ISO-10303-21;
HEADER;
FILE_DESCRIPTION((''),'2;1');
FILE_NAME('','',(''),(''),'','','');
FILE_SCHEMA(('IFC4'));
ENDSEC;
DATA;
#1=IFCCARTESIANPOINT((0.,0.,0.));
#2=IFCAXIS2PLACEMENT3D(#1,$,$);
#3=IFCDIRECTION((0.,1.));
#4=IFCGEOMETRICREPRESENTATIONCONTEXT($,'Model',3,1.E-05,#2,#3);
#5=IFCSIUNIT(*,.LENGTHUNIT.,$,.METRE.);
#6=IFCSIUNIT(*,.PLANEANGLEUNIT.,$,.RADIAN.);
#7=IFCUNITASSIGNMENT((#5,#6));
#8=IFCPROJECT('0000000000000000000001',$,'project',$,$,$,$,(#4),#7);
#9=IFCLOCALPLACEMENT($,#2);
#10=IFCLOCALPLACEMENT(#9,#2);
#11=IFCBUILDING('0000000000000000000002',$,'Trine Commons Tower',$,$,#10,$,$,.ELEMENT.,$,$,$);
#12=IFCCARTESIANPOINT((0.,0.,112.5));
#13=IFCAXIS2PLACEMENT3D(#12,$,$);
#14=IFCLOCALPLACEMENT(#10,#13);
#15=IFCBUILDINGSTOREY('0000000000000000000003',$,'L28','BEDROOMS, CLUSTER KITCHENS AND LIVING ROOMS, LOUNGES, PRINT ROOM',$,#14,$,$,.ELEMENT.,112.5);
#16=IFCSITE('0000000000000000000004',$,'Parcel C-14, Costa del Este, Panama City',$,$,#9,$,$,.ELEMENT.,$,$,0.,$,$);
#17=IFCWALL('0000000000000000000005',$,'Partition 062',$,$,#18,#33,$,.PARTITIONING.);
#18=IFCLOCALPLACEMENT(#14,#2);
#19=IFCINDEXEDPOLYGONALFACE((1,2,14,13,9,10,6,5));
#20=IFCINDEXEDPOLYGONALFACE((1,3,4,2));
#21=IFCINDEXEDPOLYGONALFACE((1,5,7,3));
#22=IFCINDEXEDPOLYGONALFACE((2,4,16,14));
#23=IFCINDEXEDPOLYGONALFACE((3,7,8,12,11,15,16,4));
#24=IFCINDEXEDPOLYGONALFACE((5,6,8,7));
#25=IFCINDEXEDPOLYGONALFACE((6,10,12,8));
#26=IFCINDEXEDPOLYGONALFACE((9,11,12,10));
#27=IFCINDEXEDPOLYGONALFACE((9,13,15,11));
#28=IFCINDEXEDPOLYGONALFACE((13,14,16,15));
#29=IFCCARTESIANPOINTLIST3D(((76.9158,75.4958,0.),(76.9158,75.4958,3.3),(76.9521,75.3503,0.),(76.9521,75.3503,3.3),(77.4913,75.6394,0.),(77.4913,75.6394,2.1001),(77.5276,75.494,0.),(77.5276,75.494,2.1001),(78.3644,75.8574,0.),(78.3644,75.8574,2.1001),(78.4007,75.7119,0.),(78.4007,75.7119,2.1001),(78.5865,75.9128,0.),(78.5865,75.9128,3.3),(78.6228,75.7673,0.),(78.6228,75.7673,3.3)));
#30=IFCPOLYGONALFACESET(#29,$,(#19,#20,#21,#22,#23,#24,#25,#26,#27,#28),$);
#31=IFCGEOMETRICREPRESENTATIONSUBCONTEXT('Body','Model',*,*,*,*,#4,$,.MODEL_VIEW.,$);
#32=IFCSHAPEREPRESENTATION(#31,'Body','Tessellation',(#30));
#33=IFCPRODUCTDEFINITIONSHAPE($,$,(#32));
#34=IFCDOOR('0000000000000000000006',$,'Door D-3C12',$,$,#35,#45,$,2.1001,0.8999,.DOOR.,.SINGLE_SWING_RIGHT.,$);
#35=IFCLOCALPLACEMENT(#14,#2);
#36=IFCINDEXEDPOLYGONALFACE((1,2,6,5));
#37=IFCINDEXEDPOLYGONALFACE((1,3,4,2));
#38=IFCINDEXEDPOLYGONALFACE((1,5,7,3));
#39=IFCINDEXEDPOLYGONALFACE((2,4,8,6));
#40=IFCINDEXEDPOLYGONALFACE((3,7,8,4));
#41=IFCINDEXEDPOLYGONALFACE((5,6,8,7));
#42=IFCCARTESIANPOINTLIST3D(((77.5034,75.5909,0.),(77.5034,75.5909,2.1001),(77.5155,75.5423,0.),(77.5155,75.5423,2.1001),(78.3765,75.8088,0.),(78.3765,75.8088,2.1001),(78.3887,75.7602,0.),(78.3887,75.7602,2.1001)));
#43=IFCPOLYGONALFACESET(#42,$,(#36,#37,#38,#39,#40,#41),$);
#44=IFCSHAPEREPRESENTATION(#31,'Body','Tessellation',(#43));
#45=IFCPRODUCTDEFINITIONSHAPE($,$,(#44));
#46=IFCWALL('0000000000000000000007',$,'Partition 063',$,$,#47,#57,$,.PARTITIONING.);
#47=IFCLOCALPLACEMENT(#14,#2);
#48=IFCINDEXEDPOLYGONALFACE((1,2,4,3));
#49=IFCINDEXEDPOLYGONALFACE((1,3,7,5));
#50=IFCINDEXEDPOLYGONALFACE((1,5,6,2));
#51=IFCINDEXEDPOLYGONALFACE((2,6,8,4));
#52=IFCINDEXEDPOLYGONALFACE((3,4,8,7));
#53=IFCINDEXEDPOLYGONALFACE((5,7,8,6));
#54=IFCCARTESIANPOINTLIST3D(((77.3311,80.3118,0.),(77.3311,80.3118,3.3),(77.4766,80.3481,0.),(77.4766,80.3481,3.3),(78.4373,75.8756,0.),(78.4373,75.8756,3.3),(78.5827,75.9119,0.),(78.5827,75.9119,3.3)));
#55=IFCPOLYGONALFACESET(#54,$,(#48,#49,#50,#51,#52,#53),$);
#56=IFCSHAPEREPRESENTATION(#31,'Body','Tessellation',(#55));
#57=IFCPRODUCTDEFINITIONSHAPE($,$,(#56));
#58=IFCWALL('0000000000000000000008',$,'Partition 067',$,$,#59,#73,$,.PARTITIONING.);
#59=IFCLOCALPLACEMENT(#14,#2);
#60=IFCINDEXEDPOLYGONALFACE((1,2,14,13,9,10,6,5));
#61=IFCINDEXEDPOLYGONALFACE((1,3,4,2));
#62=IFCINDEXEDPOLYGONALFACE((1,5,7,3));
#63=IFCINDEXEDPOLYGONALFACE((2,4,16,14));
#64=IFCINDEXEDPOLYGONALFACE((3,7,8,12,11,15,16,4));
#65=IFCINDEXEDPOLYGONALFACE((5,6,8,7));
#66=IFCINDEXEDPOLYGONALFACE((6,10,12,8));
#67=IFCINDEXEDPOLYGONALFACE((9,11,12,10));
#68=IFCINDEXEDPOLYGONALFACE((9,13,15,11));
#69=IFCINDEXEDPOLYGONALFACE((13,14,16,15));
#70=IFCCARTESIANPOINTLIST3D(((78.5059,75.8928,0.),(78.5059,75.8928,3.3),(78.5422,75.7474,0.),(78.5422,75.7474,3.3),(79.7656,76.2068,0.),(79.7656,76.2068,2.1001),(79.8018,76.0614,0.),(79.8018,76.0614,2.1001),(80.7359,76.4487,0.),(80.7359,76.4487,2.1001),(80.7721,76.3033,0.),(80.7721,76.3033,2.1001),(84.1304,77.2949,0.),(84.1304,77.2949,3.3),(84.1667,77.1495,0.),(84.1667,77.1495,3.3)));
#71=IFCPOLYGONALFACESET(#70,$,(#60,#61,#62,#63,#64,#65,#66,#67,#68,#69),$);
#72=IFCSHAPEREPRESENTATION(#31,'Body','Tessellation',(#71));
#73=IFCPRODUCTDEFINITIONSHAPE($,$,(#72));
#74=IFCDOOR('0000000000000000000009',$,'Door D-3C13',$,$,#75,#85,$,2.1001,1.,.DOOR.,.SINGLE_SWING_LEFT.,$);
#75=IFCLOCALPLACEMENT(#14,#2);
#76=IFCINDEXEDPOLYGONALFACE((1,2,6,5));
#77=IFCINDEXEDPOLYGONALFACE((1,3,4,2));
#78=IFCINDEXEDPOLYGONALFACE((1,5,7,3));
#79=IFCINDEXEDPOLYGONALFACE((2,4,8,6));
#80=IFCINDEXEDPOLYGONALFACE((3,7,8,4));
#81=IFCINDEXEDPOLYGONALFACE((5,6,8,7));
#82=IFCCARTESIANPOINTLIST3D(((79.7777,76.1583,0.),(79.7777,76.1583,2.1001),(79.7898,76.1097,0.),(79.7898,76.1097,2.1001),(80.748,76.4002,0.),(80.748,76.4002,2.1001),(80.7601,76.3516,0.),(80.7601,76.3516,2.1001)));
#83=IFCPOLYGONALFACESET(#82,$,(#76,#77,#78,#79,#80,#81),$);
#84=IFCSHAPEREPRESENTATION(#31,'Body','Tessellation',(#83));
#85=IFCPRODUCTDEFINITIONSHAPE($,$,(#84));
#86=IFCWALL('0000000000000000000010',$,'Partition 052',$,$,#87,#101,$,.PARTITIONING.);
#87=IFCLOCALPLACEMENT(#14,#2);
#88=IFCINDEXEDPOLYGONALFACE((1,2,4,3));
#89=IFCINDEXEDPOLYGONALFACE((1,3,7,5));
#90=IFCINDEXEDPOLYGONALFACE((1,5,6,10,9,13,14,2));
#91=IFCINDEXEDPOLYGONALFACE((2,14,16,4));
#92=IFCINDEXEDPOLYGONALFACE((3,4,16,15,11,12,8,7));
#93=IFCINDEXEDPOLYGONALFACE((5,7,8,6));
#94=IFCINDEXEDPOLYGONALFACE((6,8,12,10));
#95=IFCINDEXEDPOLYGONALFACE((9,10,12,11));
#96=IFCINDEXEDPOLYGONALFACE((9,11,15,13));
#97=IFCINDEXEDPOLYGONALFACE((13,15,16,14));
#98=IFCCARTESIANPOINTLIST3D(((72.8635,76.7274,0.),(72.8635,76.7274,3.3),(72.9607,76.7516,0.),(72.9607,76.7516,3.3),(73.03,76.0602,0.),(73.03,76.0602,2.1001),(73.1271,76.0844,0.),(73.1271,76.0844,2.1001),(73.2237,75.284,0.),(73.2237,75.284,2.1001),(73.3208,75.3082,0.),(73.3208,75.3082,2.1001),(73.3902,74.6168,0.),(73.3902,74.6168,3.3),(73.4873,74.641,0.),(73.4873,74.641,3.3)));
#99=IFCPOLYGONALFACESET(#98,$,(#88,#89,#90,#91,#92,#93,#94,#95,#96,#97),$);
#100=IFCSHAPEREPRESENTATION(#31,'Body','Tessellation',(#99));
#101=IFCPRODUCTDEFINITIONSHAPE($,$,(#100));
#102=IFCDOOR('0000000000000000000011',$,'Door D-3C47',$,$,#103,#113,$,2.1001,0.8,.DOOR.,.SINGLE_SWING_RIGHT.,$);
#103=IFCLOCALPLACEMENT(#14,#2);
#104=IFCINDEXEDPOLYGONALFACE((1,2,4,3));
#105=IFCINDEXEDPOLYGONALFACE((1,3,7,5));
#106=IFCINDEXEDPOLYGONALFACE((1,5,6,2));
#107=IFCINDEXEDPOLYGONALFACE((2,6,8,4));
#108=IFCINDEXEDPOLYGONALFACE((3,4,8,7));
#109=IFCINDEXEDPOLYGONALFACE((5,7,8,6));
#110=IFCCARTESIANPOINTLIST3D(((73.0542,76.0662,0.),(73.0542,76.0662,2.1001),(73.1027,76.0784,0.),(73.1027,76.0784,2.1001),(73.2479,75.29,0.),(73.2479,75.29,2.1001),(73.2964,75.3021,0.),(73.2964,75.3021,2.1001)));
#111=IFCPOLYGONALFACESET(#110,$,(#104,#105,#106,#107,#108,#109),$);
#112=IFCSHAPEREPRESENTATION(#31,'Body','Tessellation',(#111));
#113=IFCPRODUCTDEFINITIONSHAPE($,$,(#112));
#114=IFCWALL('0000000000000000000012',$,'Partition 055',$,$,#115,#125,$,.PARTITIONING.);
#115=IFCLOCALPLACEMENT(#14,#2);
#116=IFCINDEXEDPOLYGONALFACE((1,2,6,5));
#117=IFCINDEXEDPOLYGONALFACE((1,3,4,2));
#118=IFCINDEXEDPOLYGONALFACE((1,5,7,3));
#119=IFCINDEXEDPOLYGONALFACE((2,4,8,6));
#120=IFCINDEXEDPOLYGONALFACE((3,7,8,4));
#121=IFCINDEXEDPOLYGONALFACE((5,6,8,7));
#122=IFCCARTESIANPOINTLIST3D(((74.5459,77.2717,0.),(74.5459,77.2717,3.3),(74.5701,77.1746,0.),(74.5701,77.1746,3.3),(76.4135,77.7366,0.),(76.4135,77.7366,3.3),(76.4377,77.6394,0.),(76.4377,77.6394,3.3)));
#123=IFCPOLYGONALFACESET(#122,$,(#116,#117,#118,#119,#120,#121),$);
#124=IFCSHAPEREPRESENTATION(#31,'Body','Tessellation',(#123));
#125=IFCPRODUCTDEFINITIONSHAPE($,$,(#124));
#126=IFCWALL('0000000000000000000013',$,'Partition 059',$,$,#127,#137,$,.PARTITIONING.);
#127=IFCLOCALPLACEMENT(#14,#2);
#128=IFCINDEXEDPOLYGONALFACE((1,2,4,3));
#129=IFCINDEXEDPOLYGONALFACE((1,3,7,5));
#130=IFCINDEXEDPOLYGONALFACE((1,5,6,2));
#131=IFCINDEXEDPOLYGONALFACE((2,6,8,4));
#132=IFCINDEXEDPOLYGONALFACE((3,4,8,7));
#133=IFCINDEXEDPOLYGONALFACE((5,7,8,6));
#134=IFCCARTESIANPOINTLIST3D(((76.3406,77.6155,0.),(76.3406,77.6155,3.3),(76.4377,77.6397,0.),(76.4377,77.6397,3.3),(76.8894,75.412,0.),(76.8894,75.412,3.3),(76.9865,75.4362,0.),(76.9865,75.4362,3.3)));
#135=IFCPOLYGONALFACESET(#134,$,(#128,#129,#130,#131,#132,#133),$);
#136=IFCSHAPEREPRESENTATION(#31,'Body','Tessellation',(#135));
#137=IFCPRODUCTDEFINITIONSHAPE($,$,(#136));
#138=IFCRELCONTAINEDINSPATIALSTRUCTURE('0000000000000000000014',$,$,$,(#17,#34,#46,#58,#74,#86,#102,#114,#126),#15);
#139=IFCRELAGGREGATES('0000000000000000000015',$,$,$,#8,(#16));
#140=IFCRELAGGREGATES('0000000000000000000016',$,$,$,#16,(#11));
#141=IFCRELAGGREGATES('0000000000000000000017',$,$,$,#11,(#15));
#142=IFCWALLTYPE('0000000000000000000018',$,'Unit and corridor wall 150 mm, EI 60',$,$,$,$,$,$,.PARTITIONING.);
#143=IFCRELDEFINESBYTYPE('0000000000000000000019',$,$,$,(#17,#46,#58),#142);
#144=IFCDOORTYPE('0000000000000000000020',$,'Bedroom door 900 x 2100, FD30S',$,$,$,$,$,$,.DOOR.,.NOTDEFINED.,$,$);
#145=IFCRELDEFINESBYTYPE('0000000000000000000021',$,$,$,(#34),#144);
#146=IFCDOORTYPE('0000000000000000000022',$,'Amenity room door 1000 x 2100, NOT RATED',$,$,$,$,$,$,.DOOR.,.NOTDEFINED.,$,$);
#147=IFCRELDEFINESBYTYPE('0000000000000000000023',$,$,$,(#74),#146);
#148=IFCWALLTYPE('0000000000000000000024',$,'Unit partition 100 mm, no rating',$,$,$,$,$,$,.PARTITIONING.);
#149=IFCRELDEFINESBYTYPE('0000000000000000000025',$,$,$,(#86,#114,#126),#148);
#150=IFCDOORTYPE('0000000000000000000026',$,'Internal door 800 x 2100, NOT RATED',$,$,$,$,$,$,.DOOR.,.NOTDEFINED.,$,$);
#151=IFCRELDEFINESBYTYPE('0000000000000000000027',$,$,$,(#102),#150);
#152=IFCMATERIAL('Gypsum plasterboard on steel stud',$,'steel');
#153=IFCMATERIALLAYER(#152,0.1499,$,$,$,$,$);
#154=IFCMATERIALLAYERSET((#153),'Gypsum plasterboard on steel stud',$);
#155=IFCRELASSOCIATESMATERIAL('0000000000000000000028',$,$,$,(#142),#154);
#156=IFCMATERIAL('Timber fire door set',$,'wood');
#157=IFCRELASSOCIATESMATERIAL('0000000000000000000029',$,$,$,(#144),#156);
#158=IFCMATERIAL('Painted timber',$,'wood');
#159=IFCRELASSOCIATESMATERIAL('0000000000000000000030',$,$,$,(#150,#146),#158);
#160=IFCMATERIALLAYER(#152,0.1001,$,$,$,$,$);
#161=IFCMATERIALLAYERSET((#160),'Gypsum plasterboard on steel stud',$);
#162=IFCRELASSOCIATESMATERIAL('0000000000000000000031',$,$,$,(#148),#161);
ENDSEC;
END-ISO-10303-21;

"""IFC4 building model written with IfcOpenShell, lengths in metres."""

from ifc_helpers import new_model, si_unit, direction, frame, frame_2d, origin, place, context, subcontext, project, spatial, rectangle, extrude, material, layer, layer_set, type_object, element, fill, save


model = new_model("IFC4")

# Units and contexts
model_context = context("Model", 3, precision=1e-05, world=origin(), true_north=direction((0.0, 1.0)))
body_context = subcontext(model_context, "Body", "Model", "MODEL_VIEW")
ifc_project = project(units=[si_unit("LENGTHUNIT", "METRE"), si_unit("PLANEANGLEUNIT", "RADIAN")], contexts=[model_context])

# Site, building, storey
site_placement = place(None, origin())
site = spatial("IfcSite", under=ifc_project, at=site_placement, Name="Parcel C-14, Costa del Este, Panama City", CompositionType="ELEMENT", RefElevation=0.0)
building_placement = place(site_placement, origin())
building = spatial("IfcBuilding", under=site, at=building_placement, Name="Trine Commons Tower", CompositionType="ELEMENT")
storey_placement = place(building_placement, frame((0.0, 0.0, 112.5)))
storey = spatial("IfcBuildingStorey", under=building, at=storey_placement, Name="L28", Description="BEDROOMS, CLUSTER KITCHENS AND LIVING ROOMS, LOUNGES, PRINT ROOM", CompositionType="ELEMENT", Elevation=112.5)

# Wall, opening, door
ifc_material_1 = material(Name="Gypsum plasterboard on steel stud", Category="steel")
ifc_layer_1 = layer(ifc_material_1, 0.1499)
ifc_layer_set_1 = layer_set([ifc_layer_1], Name="Gypsum plasterboard on steel stud")
wall_type_1 = type_object("IfcWallType", Name="Unit and corridor wall 150 mm, EI 60", PredefinedType="PARTITIONING", material=ifc_layer_set_1)
ifc_material_2 = material(Name="Timber fire door set", Category="wood")
door_type_1 = type_object("IfcDoorType", Name="Bedroom door 900 x 2100, FD30S", OperationType="NOTDEFINED", PredefinedType="DOOR", material=ifc_material_2)
ifc_material_3 = material(Name="Painted timber", Category="wood")
door_type_2 = type_object("IfcDoorType", Name="Internal door 800 x 2100, NOT RATED", OperationType="NOTDEFINED", PredefinedType="DOOR", material=ifc_material_3)
wall_1_placement = place(storey_placement, frame((76.9341, 75.4231, 0.0), z_axis=(0.0, 0.0, 1.0), x_axis=(0.970234, 0.242169, 0.0)))
wall_1 = element("IfcWall", 1, at=wall_1_placement, inside=storey, type_object=wall_type_1, Name="Partition 062", PredefinedType="PARTITIONING", context=body_context, shape_type="SweptSolid", body=[
    extrude(rectangle(XDim=1.7219, YDim=0.1499, at=frame_2d((0.8608, 0.0))), origin(), (0.0, 0.0, 1.0), 3.3),
])
opening_1_placement = place(wall_1_placement, frame((0.593, 0.0, 0.0)))
opening_1 = element("IfcOpeningElement", 2, at=opening_1_placement, cuts=wall_1, PredefinedType="OPENING", context=body_context, shape_type="SweptSolid", body=[
    extrude(rectangle(XDim=0.8999, YDim=2.1001, at=frame_2d((0.45, 1.05))), frame((0.0, 0.085, 0.0), z_axis=(0.0, -1.0, 0.0), x_axis=(1.0, 0.0, 0.0)), (0.0, 0.0, 1.0), 0.1699),
])
door_1_placement = place(opening_1_placement, origin())
door_1 = element("IfcDoor", 3, at=door_1_placement, inside=storey, type_object=door_type_1, Name="Door D-3C12", OperationType="SINGLE_SWING_RIGHT", OverallHeight=2.1001, OverallWidth=0.8999, PredefinedType="DOOR", context=body_context, shape_type="SweptSolid", body=[
    extrude(rectangle(XDim=0.8999, YDim=2.1001, at=frame_2d((0.45, 1.05))), frame((0.0, 0.0249, 0.0), z_axis=(0.0, -1.0, 0.0), x_axis=(1.0, 0.0, 0.0)), (0.0, 0.0, 1.0), 0.05),
])
fill(opening_1, door_1)

# Wall
wall_2_placement = place(storey_placement, frame((77.4038, 80.3301, 0.0), z_axis=(0.0, 0.0, 1.0), x_axis=(0.241945, -0.97029, 0.0)))
element("IfcWall", 4, at=wall_2_placement, inside=storey, type_object=wall_type_1, Name="Partition 063", PredefinedType="PARTITIONING", context=body_context, shape_type="SweptSolid", body=[
    extrude(rectangle(XDim=4.572, YDim=0.1499, at=frame_2d((2.2861, 0.0))), origin(), (0.0, 0.0, 1.0), 3.3),
])

# Walls, openings, doors
wall_3_placement = place(storey_placement, frame((78.5239, 75.8201, 0.0), z_axis=(0.0, 0.0, 1.0), x_axis=(0.970306, 0.241882, 0.0)))
wall_3 = element("IfcWall", 5, at=wall_3_placement, inside=storey, type_object=wall_type_1, Name="Partition 067", PredefinedType="PARTITIONING", context=body_context, shape_type="SweptSolid", body=[
    extrude(rectangle(XDim=5.7966, YDim=0.1499, at=frame_2d((2.8984, 0.0))), origin(), (0.0, 0.0, 1.0), 3.3),
])
opening_2_placement = place(wall_3_placement, frame((1.2983, 0.0, 0.0)))
opening_2 = element("IfcOpeningElement", 6, at=opening_2_placement, cuts=wall_3, PredefinedType="OPENING", context=body_context, shape_type="SweptSolid", body=[
    extrude(rectangle(XDim=1.0, YDim=2.1001, at=frame_2d((0.5, 1.05))), frame((0.0, 0.085, 0.0), z_axis=(0.0, -1.0, 0.0), x_axis=(1.0, 0.0, 0.0)), (0.0, 0.0, 1.0), 0.1699),
])
door_type_3 = type_object("IfcDoorType", Name="Amenity room door 1000 x 2100, NOT RATED", OperationType="NOTDEFINED", PredefinedType="DOOR", material=ifc_material_3)
door_2_placement = place(opening_2_placement, origin())
door_2 = element("IfcDoor", 7, at=door_2_placement, inside=storey, type_object=door_type_3, Name="Door D-3C13", OperationType="SINGLE_SWING_LEFT", OverallHeight=2.1001, OverallWidth=1.0, PredefinedType="DOOR", context=body_context, shape_type="SweptSolid", body=[
    extrude(rectangle(XDim=1.0, YDim=2.1001, at=frame_2d((0.5, 1.05))), frame((0.0, 0.0249, 0.0), z_axis=(0.0, -1.0, 0.0), x_axis=(1.0, 0.0, 0.0)), (0.0, 0.0, 1.0), 0.05),
])
fill(opening_2, door_2)
ifc_layer_2 = layer(ifc_material_1, 0.1001)
ifc_layer_set_2 = layer_set([ifc_layer_2], Name="Gypsum plasterboard on steel stud")
wall_type_2 = type_object("IfcWallType", Name="Unit partition 100 mm, no rating", PredefinedType="PARTITIONING", material=ifc_layer_set_2)
wall_4_placement = place(storey_placement, frame((72.9121, 76.7395, 0.0), z_axis=(0.0, 0.0, 1.0), x_axis=(0.242087, -0.970255, 0.0)))
wall_4 = element("IfcWall", 8, at=wall_4_placement, inside=storey, type_object=wall_type_2, Name="Partition 052", PredefinedType="PARTITIONING", context=body_context, shape_type="SweptSolid", body=[
    extrude(rectangle(XDim=2.1753, YDim=0.1001, at=frame_2d((1.0876, 0.0))), origin(), (0.0, 0.0, 1.0), 3.3),
])
opening_3_placement = place(wall_4_placement, frame((0.6877, 0.0, 0.0)))
opening_3 = element("IfcOpeningElement", 9, at=opening_3_placement, cuts=wall_4, PredefinedType="OPENING", context=body_context, shape_type="SweptSolid", body=[
    extrude(rectangle(XDim=0.8, YDim=2.1001, at=frame_2d((0.3999, 1.05))), frame((0.0, 0.0601, 0.0), z_axis=(0.0, -1.0, 0.0), x_axis=(1.0, 0.0, 0.0)), (0.0, 0.0, 1.0), 0.1201),
])
door_3_placement = place(opening_3_placement, origin())
door_3 = element("IfcDoor", 10, at=door_3_placement, inside=storey, type_object=door_type_2, Name="Door D-3C47", OperationType="SINGLE_SWING_RIGHT", OverallHeight=2.1001, OverallWidth=0.8, PredefinedType="DOOR", context=body_context, shape_type="SweptSolid", body=[
    extrude(rectangle(XDim=0.8, YDim=2.1001, at=frame_2d((0.3999, 1.05))), frame((0.0, 0.0249, 0.0), z_axis=(0.0, -1.0, 0.0), x_axis=(1.0, 0.0, 0.0)), (0.0, 0.0, 1.0), 0.05),
])
fill(opening_3, door_3)

# Walls
wall_5_placement = place(storey_placement, frame((74.5579, 77.2231, 0.0), z_axis=(0.0, 0.0, 1.0), x_axis=(0.970396, 0.241521, 0.0)))
element("IfcWall", 11, at=wall_5_placement, inside=storey, type_object=wall_type_2, Name="Partition 055", PredefinedType="PARTITIONING", context=body_context, shape_type="SweptSolid", body=[
    extrude(rectangle(XDim=1.9246, YDim=0.1001, at=frame_2d((0.9624, 0.0))), origin(), (0.0, 0.0, 1.0), 3.3),
])
wall_6_placement = place(storey_placement, frame((76.3892, 77.6274, 0.0), z_axis=(0.0, 0.0, 1.0), x_axis=(0.241701, -0.970351, 0.0)))
element("IfcWall", 12, at=wall_6_placement, inside=storey, type_object=wall_type_2, Name="Partition 059", PredefinedType="PARTITIONING", context=body_context, shape_type="SweptSolid", body=[
    extrude(rectangle(XDim=2.2708, YDim=0.1001, at=frame_2d((1.1353, 0.0))), origin(), (0.0, 0.0, 1.0), 3.3),
])

save(model, "model.ifc")
